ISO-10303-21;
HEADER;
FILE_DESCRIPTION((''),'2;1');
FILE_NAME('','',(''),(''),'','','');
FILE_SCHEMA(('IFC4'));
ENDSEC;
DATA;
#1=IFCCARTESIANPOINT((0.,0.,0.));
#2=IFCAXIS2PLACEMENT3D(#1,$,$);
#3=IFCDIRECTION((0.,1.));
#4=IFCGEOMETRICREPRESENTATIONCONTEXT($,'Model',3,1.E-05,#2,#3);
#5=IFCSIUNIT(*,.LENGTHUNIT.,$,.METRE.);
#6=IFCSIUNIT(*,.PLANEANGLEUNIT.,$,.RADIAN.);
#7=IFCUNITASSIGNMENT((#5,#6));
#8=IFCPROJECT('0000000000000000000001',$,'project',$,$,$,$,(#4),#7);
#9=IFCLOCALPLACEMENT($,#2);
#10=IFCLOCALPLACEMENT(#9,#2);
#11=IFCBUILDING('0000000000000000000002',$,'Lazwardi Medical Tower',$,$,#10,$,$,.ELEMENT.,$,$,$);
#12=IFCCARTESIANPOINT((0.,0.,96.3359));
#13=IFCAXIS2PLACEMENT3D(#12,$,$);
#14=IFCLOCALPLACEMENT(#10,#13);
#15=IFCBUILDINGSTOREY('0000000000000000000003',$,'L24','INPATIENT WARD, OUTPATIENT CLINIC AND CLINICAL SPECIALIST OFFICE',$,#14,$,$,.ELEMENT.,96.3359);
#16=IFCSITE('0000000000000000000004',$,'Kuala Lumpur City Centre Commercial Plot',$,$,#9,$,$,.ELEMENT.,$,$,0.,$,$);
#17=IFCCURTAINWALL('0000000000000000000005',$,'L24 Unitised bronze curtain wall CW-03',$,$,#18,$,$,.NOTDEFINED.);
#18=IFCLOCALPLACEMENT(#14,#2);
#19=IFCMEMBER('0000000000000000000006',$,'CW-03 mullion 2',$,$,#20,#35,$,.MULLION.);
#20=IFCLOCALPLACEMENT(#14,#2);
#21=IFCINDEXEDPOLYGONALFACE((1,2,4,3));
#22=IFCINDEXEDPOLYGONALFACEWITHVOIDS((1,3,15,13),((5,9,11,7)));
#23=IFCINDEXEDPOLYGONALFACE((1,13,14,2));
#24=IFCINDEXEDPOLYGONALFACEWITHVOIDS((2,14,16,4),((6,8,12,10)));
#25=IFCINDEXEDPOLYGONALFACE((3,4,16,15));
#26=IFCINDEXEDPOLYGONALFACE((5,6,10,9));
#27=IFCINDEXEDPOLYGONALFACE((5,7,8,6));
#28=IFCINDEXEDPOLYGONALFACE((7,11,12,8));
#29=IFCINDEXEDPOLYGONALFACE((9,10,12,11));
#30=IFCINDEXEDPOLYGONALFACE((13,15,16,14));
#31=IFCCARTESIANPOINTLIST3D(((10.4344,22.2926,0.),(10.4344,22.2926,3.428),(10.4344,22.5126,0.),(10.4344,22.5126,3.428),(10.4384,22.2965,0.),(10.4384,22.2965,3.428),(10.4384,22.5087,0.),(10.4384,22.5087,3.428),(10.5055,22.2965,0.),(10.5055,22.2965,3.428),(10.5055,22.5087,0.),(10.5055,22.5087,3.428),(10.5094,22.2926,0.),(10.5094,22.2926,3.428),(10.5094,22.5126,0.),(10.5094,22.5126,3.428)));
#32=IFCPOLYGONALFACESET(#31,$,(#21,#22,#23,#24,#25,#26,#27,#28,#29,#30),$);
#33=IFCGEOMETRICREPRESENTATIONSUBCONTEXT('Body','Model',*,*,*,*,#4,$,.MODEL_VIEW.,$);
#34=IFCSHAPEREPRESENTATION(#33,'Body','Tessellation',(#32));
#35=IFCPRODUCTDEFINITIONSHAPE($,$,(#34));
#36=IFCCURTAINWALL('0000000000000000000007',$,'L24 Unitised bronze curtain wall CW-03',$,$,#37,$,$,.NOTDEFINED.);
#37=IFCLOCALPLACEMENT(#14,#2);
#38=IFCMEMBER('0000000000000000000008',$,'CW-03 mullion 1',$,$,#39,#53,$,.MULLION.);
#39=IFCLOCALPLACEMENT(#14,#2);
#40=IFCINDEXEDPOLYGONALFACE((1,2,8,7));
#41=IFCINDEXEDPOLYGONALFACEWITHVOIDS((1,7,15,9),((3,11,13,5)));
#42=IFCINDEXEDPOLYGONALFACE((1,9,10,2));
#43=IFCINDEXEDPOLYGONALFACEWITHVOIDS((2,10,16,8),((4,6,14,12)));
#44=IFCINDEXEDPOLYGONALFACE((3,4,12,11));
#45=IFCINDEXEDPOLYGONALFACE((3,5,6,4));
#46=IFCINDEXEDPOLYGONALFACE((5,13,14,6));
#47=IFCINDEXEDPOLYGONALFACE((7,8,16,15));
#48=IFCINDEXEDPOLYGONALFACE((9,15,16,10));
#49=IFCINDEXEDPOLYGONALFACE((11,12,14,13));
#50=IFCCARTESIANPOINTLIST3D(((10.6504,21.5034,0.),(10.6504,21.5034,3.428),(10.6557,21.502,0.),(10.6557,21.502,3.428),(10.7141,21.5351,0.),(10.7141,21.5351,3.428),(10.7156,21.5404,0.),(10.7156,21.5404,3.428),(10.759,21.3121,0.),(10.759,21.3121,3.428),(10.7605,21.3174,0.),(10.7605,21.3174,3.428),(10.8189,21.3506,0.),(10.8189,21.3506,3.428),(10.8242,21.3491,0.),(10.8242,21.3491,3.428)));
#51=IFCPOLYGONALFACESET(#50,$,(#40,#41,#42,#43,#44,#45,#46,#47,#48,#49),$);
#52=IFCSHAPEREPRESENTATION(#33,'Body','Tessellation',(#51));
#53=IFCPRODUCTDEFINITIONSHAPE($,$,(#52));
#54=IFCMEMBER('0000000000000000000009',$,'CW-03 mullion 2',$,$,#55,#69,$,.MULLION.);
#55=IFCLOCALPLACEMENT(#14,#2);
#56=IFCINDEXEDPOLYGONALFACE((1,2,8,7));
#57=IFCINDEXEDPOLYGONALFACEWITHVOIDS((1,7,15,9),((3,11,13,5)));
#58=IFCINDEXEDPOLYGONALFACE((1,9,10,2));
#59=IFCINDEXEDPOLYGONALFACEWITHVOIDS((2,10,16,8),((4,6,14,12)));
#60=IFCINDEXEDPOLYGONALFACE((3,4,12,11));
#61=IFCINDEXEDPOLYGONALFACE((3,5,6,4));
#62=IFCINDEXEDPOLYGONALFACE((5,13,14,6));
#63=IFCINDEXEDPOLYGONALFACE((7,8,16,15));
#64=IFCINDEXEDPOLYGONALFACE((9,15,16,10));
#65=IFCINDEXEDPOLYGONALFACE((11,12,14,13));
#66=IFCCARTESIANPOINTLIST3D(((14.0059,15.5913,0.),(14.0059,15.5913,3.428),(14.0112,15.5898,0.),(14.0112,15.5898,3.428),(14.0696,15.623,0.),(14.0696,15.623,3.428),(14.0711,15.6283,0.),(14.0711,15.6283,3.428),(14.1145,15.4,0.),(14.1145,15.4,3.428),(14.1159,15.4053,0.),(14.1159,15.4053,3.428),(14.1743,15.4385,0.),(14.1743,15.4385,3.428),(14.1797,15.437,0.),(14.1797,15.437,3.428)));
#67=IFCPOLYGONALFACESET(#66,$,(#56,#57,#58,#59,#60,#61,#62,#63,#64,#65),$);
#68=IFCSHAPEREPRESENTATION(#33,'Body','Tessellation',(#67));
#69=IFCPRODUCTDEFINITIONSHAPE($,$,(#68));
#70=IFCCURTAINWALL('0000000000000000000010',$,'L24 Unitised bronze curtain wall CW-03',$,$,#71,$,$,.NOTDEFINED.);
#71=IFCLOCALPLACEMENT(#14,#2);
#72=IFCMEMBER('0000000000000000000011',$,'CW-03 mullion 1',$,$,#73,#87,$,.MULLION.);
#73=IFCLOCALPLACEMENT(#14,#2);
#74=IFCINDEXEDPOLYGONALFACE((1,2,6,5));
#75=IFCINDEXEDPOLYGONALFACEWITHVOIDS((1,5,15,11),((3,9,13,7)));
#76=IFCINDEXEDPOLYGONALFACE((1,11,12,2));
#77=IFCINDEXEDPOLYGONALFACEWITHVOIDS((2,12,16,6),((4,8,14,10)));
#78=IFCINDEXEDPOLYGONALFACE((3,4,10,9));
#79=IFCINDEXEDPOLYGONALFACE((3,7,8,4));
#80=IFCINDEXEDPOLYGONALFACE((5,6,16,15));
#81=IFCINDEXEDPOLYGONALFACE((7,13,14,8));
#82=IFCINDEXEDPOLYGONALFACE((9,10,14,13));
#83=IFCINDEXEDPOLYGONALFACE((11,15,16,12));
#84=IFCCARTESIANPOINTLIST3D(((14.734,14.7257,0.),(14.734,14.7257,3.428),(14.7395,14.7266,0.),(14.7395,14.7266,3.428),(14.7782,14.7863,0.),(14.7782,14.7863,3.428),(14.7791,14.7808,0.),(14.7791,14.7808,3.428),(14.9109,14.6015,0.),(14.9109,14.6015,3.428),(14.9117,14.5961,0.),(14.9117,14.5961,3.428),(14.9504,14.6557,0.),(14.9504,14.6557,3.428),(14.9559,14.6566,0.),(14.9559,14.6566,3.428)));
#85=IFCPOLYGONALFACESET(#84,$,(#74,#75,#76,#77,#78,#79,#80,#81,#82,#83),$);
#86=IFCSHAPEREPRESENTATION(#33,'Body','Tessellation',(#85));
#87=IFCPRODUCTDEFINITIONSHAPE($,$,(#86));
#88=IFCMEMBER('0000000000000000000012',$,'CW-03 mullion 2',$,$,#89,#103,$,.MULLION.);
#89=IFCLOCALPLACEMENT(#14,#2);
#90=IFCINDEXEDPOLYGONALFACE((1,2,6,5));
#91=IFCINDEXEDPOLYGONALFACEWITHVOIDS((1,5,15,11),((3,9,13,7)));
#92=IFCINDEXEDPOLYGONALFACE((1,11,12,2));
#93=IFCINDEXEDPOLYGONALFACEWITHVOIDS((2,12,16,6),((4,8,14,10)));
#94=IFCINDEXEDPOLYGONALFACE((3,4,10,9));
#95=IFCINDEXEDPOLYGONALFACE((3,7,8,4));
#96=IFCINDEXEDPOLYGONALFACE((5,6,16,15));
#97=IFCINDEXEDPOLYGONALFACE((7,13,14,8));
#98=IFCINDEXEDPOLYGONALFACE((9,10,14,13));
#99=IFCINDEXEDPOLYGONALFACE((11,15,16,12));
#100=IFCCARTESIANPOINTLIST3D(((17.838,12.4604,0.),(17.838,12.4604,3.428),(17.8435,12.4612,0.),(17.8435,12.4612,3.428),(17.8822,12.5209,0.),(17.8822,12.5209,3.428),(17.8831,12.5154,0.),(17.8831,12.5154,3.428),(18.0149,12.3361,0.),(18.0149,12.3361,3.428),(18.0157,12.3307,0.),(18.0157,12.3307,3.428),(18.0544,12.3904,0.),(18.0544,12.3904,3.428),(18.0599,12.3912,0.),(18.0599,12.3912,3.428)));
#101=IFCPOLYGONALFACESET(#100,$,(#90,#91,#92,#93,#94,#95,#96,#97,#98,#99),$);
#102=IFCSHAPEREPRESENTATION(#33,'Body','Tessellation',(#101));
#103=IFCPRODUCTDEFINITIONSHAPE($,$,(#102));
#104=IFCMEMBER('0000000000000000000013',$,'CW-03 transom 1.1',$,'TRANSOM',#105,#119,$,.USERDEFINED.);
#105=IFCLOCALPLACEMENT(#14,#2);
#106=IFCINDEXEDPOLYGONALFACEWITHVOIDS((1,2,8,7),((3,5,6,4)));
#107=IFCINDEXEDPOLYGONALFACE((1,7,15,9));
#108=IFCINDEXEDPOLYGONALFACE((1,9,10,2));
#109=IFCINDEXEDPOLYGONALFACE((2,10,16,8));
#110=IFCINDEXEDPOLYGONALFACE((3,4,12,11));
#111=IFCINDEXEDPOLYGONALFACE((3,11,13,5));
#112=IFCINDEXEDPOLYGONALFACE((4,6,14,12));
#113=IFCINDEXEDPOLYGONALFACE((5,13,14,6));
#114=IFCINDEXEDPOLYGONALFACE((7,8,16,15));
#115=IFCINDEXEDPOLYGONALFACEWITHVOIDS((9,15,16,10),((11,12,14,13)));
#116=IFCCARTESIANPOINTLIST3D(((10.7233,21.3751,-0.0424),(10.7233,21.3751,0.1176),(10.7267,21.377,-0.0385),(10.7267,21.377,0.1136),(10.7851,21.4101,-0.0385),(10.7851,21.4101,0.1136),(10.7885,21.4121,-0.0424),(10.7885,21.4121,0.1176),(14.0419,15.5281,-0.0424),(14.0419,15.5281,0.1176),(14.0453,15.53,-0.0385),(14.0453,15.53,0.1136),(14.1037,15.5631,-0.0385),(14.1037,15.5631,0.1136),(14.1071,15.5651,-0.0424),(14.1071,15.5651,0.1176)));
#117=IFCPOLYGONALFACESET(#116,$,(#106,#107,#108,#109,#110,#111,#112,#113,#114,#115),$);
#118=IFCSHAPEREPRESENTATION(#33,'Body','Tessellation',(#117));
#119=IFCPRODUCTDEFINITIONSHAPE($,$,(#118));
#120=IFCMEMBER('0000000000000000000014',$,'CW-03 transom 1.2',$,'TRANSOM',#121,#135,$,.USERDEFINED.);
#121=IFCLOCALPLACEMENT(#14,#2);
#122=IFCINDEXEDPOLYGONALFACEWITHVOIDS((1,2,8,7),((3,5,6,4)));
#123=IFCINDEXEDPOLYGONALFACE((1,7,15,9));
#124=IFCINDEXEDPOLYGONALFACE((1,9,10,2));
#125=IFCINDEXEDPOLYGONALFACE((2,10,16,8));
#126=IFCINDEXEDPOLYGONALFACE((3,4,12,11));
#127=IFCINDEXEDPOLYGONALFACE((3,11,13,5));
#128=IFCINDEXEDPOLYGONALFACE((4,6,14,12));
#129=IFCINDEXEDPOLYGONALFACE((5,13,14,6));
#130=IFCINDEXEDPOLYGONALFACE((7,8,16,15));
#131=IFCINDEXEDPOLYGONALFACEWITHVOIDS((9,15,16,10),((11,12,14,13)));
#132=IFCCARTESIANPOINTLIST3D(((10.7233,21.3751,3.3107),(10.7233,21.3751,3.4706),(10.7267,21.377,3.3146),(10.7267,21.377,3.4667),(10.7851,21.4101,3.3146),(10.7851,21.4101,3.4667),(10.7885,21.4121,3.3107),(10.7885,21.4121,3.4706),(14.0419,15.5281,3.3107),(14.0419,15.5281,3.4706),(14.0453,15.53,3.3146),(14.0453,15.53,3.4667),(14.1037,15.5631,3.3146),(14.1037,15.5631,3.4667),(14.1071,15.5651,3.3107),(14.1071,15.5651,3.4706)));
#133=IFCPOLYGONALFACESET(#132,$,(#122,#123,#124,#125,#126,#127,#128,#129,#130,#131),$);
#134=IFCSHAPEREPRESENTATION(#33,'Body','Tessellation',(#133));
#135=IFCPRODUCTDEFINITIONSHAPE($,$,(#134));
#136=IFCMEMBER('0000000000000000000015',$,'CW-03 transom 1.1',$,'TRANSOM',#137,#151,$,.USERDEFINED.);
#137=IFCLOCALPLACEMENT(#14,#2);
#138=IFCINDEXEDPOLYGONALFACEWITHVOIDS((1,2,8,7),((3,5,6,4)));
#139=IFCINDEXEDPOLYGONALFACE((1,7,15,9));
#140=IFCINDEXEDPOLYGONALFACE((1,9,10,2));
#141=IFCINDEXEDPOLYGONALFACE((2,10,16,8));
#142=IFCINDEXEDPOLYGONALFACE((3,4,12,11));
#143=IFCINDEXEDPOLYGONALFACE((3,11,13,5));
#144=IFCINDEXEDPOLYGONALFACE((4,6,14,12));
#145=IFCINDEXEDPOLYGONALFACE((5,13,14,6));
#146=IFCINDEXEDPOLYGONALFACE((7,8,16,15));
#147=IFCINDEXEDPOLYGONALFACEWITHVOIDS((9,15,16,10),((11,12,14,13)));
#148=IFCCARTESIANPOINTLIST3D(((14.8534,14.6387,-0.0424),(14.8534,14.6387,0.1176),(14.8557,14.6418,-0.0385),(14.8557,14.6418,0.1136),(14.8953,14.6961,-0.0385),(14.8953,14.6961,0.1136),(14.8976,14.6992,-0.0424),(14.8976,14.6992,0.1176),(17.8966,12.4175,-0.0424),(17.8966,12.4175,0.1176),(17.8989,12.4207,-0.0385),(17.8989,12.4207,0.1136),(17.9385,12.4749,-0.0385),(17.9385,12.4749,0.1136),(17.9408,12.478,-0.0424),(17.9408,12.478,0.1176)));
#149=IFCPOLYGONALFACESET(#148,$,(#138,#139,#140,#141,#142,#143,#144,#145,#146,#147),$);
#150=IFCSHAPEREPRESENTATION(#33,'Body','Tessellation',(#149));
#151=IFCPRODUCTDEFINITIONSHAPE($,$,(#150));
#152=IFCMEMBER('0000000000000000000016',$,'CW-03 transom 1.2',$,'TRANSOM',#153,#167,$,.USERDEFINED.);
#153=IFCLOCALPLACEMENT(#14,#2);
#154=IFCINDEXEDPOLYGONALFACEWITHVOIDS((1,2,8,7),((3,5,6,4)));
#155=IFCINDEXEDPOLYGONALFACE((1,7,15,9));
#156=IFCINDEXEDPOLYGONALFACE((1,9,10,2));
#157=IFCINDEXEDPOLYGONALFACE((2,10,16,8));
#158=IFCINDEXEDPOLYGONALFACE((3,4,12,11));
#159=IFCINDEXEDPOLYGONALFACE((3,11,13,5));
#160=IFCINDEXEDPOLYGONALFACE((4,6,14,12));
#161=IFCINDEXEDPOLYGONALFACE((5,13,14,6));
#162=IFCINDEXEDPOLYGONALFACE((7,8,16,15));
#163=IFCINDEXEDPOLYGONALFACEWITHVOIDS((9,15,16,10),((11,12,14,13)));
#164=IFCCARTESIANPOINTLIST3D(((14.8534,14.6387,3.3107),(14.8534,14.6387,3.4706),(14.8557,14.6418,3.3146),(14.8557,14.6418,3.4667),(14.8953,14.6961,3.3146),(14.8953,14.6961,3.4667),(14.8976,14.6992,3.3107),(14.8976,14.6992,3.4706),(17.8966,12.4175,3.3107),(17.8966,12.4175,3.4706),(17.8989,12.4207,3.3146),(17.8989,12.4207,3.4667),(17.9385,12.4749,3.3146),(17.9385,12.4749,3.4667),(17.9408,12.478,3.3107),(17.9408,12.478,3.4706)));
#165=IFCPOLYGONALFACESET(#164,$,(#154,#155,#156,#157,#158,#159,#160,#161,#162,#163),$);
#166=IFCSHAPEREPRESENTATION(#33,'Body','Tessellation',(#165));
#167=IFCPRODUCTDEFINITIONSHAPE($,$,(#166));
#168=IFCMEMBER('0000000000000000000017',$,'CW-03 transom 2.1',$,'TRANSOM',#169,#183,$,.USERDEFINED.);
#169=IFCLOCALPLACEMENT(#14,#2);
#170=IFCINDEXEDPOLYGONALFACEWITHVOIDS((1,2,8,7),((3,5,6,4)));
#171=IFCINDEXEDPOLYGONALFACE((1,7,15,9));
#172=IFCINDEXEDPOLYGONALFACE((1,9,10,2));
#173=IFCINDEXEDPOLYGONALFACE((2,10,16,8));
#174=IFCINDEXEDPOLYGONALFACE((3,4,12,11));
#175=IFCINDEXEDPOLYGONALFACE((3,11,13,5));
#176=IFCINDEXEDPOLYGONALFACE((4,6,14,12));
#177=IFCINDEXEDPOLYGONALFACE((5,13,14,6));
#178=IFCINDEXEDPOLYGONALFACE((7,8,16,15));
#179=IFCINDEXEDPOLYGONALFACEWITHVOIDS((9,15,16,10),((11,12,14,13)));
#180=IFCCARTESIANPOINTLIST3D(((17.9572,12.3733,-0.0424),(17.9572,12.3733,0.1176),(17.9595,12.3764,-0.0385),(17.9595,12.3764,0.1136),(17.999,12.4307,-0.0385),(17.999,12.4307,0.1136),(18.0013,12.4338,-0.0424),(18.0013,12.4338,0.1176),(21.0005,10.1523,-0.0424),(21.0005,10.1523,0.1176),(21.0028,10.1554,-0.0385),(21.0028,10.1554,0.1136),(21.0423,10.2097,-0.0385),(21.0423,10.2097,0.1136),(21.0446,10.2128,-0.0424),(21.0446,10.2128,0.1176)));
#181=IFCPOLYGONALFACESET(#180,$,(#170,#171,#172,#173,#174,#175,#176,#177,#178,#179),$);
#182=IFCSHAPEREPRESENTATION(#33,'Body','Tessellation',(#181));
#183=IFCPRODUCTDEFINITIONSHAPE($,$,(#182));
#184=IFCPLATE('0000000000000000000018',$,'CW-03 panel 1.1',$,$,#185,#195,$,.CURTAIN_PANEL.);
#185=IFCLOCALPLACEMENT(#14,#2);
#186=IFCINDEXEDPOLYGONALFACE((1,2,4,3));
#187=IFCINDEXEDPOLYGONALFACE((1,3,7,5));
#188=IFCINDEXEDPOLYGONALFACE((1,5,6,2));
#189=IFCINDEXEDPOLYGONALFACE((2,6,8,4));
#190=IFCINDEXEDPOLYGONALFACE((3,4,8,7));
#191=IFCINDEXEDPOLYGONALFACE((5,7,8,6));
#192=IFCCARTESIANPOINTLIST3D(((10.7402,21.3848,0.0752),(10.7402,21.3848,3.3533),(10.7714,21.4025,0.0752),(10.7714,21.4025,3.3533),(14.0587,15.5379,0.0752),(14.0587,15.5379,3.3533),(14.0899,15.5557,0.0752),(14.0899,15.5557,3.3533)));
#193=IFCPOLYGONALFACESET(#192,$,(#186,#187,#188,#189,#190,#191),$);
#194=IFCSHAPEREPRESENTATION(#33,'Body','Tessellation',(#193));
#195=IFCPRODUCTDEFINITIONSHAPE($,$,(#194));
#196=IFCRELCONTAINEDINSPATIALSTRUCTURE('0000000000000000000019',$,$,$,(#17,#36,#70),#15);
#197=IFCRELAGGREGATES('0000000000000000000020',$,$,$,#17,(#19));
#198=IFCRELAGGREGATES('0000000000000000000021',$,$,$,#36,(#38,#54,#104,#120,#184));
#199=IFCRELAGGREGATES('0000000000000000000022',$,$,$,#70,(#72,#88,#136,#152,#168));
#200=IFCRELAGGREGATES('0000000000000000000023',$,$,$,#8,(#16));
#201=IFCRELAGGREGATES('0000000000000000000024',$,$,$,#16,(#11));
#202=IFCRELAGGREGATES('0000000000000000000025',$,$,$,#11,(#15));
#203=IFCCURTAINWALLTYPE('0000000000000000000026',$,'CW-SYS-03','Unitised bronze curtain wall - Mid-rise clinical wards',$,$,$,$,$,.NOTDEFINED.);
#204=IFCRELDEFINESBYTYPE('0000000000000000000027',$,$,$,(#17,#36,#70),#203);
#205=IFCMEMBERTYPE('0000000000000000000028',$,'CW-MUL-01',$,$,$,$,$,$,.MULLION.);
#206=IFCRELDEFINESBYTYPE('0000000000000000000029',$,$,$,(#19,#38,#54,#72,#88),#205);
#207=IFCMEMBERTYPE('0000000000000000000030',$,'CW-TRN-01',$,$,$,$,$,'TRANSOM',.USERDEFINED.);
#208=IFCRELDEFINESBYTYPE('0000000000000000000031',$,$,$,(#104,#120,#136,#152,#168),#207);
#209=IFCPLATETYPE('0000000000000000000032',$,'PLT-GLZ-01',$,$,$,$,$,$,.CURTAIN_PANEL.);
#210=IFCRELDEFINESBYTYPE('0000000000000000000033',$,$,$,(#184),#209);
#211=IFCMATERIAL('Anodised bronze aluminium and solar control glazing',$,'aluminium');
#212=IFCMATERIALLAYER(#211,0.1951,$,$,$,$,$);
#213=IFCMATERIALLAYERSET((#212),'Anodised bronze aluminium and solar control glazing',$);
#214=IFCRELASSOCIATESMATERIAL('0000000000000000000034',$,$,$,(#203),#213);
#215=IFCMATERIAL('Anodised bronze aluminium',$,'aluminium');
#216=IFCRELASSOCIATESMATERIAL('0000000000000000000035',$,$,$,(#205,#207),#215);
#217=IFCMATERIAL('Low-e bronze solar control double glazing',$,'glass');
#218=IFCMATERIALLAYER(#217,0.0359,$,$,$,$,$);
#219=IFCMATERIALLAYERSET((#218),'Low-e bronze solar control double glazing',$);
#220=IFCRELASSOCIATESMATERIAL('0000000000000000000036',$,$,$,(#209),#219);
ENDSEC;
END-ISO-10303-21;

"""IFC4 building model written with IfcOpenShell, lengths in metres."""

from ifc_helpers import new_model, si_unit, direction, frame, origin, origin_2d, place, context, subcontext, project, spatial, rectangle, hollow_rectangle, extrude, material, layer, layer_set, material_profile, profile_set, type_object, element, aggregate, save


model = new_model("IFC4")

# Units and contexts
model_context = context("Model", 3, precision=1e-05, world=origin(), true_north=direction((0.0, 1.0)))
body_context = subcontext(model_context, "Body", "Model", "MODEL_VIEW")
ifc_project = project(units=[si_unit("LENGTHUNIT", "METRE"), si_unit("PLANEANGLEUNIT", "RADIAN")], contexts=[model_context])

# Site, building, storey
site_placement = place(None, origin())
site = spatial("IfcSite", under=ifc_project, at=site_placement, Name="Kuala Lumpur City Centre Commercial Plot", CompositionType="ELEMENT", RefElevation=0.0)
building_placement = place(site_placement, origin())
building = spatial("IfcBuilding", under=site, at=building_placement, Name="Lazwardi Medical Tower", CompositionType="ELEMENT")
storey_placement = place(building_placement, frame((0.0, 0.0, 96.3359)))
storey = spatial("IfcBuildingStorey", under=building, at=storey_placement, Name="L24", Description="INPATIENT WARD, OUTPATIENT CLINIC AND CLINICAL SPECIALIST OFFICE", CompositionType="ELEMENT", Elevation=96.3359)

# Curtain wall, member
ifc_material_1 = material(Name="Anodised bronze aluminium and solar control glazing", Category="aluminium")
ifc_layer_1 = layer(ifc_material_1, 0.1951)
ifc_layer_set_1 = layer_set([ifc_layer_1], Name="Anodised bronze aluminium and solar control glazing")
curtain_wall_type = type_object("IfcCurtainWallType", Name="CW-SYS-03", Description="Unitised bronze curtain wall - Mid-rise clinical wards", PredefinedType="NOTDEFINED", material=ifc_layer_set_1)
curtain_wall_1_placement = place(storey_placement, origin())
curtain_wall_1 = element("IfcCurtainWall", 1, at=curtain_wall_1_placement, inside=storey, type_object=curtain_wall_type, Name="L24 Unitised bronze curtain wall CW-03", PredefinedType="NOTDEFINED")
ifc_material_2 = material(Name="Anodised bronze aluminium", Category="aluminium")
ifc_material_profile_1 = material_profile(ifc_material_2, hollow_rectangle(XDim=0.075, YDim=0.22, WallThickness=0.0039, at=origin_2d()), Name="ALU-MULLION 220x75x4")
ifc_profile_set_1 = profile_set([ifc_material_profile_1], Name="Anodised bronze aluminium")
member_type_1 = type_object("IfcMemberType", Name="CW-MUL-01", PredefinedType="MULLION", material=ifc_profile_set_1)
member_1_placement = place(storey_placement, frame((10.4719, 22.4026, 0.0), z_axis=(0.0, 0.0, 1.0), x_axis=(1.0, 0.0, 0.0)))
member_1 = element("IfcMember", 2, at=member_1_placement, type_object=member_type_1, Name="CW-03 mullion 2", PredefinedType="MULLION", context=body_context, shape_type="SweptSolid", body=[
    extrude(hollow_rectangle(XDim=0.075, YDim=0.22, WallThickness=0.0039, at=origin_2d()), origin(), (0.0, 0.0, 1.0), 3.428),
])
aggregate(curtain_wall_1, [member_1])

# Curtain walls, members
curtain_wall_2_placement = place(storey_placement, origin())
curtain_wall_2 = element("IfcCurtainWall", 3, at=curtain_wall_2_placement, inside=storey, type_object=curtain_wall_type, Name="L24 Unitised bronze curtain wall CW-03", PredefinedType="NOTDEFINED")
member_2_placement = place(storey_placement, frame((10.7373, 21.4263, 0.0), z_axis=(0.0, 0.0, 1.0), x_axis=(0.869687, 0.493603, 0.0)))
member_2 = element("IfcMember", 4, at=member_2_placement, type_object=member_type_1, Name="CW-03 mullion 1", PredefinedType="MULLION", context=body_context, shape_type="SweptSolid", body=[
    extrude(hollow_rectangle(XDim=0.075, YDim=0.22, WallThickness=0.0039, at=origin_2d()), origin(), (0.0, 0.0, 1.0), 3.428),
])
member_3_placement = place(storey_placement, frame((14.0928, 15.5142, 0.0), z_axis=(0.0, 0.0, 1.0), x_axis=(0.869687, 0.493603, 0.0)))
member_3 = element("IfcMember", 5, at=member_3_placement, type_object=member_type_1, Name="CW-03 mullion 2", PredefinedType="MULLION", context=body_context, shape_type="SweptSolid", body=[
    extrude(hollow_rectangle(XDim=0.075, YDim=0.22, WallThickness=0.0039, at=origin_2d()), origin(), (0.0, 0.0, 1.0), 3.428),
])
curtain_wall_3_placement = place(storey_placement, origin())
curtain_wall_3 = element("IfcCurtainWall", 6, at=curtain_wall_3_placement, inside=storey, type_object=curtain_wall_type, Name="L24 Unitised bronze curtain wall CW-03", PredefinedType="NOTDEFINED")
member_4_placement = place(storey_placement, frame((14.845, 14.6912, 0.0), z_axis=(0.0, 0.0, 1.0), x_axis=(0.589531, 0.807746, 0.0)))
member_4 = element("IfcMember", 7, at=member_4_placement, type_object=member_type_1, Name="CW-03 mullion 1", PredefinedType="MULLION", context=body_context, shape_type="SweptSolid", body=[
    extrude(hollow_rectangle(XDim=0.075, YDim=0.22, WallThickness=0.0039, at=origin_2d()), origin(), (0.0, 0.0, 1.0), 3.428),
])
member_5_placement = place(storey_placement, frame((17.949, 12.4258, 0.0), z_axis=(0.0, 0.0, 1.0), x_axis=(0.589531, 0.807746, 0.0)))
member_5 = element("IfcMember", 8, at=member_5_placement, type_object=member_type_1, Name="CW-03 mullion 2", PredefinedType="MULLION", context=body_context, shape_type="SweptSolid", body=[
    extrude(hollow_rectangle(XDim=0.075, YDim=0.22, WallThickness=0.0039, at=origin_2d()), origin(), (0.0, 0.0, 1.0), 3.428),
])

# Members
ifc_material_profile_2 = material_profile(ifc_material_2, hollow_rectangle(XDim=0.075, YDim=0.1599, WallThickness=0.0039, at=origin_2d()), Name="ALU-TRANSOM 160x75x4")
ifc_profile_set_2 = profile_set([ifc_material_profile_2], Name="Anodised bronze aluminium")
member_type_2 = type_object("IfcMemberType", Name="CW-TRN-01", ElementType="TRANSOM", PredefinedType="USERDEFINED", material=ifc_profile_set_2)
member_6_placement = place(storey_placement, frame((10.7559, 21.3936, 0.0376), z_axis=(0.493614, -0.869681, 0.0), x_axis=(0.869681, 0.493614, 0.0)))
member_6 = element("IfcMember", 9, at=member_6_placement, type_object=member_type_2, Name="CW-03 transom 1.1", ObjectType="TRANSOM", PredefinedType="USERDEFINED", context=body_context, shape_type="SweptSolid", body=[
    extrude(hollow_rectangle(XDim=0.075, YDim=0.1599, WallThickness=0.0039, at=origin_2d()), origin(), (0.0, 0.0, 1.0), 6.7231),
])
member_7_placement = place(storey_placement, frame((10.7559, 21.3936, 3.3906), z_axis=(0.493614, -0.869681, 0.0), x_axis=(0.869681, 0.493614, 0.0)))
member_7 = element("IfcMember", 10, at=member_7_placement, type_object=member_type_2, Name="CW-03 transom 1.2", ObjectType="TRANSOM", PredefinedType="USERDEFINED", context=body_context, shape_type="SweptSolid", body=[
    extrude(hollow_rectangle(XDim=0.075, YDim=0.1599, WallThickness=0.0039, at=origin_2d()), origin(), (0.0, 0.0, 1.0), 6.7231),
])
member_8_placement = place(storey_placement, frame((14.8755, 14.6689, 0.0376), z_axis=(0.807732, -0.58955, 0.0), x_axis=(0.58955, 0.807732, 0.0)))
member_8 = element("IfcMember", 11, at=member_8_placement, type_object=member_type_2, Name="CW-03 transom 1.1", ObjectType="TRANSOM", PredefinedType="USERDEFINED", context=body_context, shape_type="SweptSolid", body=[
    extrude(hollow_rectangle(XDim=0.075, YDim=0.1599, WallThickness=0.0039, at=origin_2d()), origin(), (0.0, 0.0, 1.0), 3.7676),
])
member_9_placement = place(storey_placement, frame((14.8755, 14.6689, 3.3906), z_axis=(0.807732, -0.58955, 0.0), x_axis=(0.58955, 0.807732, 0.0)))
member_9 = element("IfcMember", 12, at=member_9_placement, type_object=member_type_2, Name="CW-03 transom 1.2", ObjectType="TRANSOM", PredefinedType="USERDEFINED", context=body_context, shape_type="SweptSolid", body=[
    extrude(hollow_rectangle(XDim=0.075, YDim=0.1599, WallThickness=0.0039, at=origin_2d()), origin(), (0.0, 0.0, 1.0), 3.7676),
])
member_10_placement = place(storey_placement, frame((17.9792, 12.4036, 0.0376), z_axis=(0.807763, -0.589508, 0.0), x_axis=(0.589508, 0.807763, 0.0)))
member_10 = element("IfcMember", 13, at=member_10_placement, type_object=member_type_2, Name="CW-03 transom 2.1", ObjectType="TRANSOM", PredefinedType="USERDEFINED", context=body_context, shape_type="SweptSolid", body=[
    extrude(hollow_rectangle(XDim=0.075, YDim=0.1599, WallThickness=0.0039, at=origin_2d()), origin(), (0.0, 0.0, 1.0), 3.7676),
])

# Plate
ifc_material_3 = material(Name="Low-e bronze solar control double glazing", Category="glass")
ifc_layer_2 = layer(ifc_material_3, 0.0359)
ifc_layer_set_2 = layer_set([ifc_layer_2], Name="Low-e bronze solar control double glazing")
plate_type = type_object("IfcPlateType", Name="PLT-GLZ-01", PredefinedType="CURTAIN_PANEL", material=ifc_layer_set_2)
plate_1_placement = place(storey_placement, frame((12.415, 18.4702, 0.0752), z_axis=(0.0, 0.0, 1.0), x_axis=(0.493603, -0.869687, 0.0)))
plate_1 = element("IfcPlate", 14, at=plate_1_placement, type_object=plate_type, Name="CW-03 panel 1.1", PredefinedType="CURTAIN_PANEL", context=body_context, shape_type="SweptSolid", body=[
    extrude(rectangle(XDim=6.7229, YDim=0.0359, at=origin_2d()), origin(), (0.0, 0.0, 1.0), 3.2781),
])
aggregate(curtain_wall_2, [member_2, member_3, member_6, member_7, plate_1])
aggregate(curtain_wall_3, [member_4, member_5, member_8, member_9, member_10])

save(model, "model.ifc")
